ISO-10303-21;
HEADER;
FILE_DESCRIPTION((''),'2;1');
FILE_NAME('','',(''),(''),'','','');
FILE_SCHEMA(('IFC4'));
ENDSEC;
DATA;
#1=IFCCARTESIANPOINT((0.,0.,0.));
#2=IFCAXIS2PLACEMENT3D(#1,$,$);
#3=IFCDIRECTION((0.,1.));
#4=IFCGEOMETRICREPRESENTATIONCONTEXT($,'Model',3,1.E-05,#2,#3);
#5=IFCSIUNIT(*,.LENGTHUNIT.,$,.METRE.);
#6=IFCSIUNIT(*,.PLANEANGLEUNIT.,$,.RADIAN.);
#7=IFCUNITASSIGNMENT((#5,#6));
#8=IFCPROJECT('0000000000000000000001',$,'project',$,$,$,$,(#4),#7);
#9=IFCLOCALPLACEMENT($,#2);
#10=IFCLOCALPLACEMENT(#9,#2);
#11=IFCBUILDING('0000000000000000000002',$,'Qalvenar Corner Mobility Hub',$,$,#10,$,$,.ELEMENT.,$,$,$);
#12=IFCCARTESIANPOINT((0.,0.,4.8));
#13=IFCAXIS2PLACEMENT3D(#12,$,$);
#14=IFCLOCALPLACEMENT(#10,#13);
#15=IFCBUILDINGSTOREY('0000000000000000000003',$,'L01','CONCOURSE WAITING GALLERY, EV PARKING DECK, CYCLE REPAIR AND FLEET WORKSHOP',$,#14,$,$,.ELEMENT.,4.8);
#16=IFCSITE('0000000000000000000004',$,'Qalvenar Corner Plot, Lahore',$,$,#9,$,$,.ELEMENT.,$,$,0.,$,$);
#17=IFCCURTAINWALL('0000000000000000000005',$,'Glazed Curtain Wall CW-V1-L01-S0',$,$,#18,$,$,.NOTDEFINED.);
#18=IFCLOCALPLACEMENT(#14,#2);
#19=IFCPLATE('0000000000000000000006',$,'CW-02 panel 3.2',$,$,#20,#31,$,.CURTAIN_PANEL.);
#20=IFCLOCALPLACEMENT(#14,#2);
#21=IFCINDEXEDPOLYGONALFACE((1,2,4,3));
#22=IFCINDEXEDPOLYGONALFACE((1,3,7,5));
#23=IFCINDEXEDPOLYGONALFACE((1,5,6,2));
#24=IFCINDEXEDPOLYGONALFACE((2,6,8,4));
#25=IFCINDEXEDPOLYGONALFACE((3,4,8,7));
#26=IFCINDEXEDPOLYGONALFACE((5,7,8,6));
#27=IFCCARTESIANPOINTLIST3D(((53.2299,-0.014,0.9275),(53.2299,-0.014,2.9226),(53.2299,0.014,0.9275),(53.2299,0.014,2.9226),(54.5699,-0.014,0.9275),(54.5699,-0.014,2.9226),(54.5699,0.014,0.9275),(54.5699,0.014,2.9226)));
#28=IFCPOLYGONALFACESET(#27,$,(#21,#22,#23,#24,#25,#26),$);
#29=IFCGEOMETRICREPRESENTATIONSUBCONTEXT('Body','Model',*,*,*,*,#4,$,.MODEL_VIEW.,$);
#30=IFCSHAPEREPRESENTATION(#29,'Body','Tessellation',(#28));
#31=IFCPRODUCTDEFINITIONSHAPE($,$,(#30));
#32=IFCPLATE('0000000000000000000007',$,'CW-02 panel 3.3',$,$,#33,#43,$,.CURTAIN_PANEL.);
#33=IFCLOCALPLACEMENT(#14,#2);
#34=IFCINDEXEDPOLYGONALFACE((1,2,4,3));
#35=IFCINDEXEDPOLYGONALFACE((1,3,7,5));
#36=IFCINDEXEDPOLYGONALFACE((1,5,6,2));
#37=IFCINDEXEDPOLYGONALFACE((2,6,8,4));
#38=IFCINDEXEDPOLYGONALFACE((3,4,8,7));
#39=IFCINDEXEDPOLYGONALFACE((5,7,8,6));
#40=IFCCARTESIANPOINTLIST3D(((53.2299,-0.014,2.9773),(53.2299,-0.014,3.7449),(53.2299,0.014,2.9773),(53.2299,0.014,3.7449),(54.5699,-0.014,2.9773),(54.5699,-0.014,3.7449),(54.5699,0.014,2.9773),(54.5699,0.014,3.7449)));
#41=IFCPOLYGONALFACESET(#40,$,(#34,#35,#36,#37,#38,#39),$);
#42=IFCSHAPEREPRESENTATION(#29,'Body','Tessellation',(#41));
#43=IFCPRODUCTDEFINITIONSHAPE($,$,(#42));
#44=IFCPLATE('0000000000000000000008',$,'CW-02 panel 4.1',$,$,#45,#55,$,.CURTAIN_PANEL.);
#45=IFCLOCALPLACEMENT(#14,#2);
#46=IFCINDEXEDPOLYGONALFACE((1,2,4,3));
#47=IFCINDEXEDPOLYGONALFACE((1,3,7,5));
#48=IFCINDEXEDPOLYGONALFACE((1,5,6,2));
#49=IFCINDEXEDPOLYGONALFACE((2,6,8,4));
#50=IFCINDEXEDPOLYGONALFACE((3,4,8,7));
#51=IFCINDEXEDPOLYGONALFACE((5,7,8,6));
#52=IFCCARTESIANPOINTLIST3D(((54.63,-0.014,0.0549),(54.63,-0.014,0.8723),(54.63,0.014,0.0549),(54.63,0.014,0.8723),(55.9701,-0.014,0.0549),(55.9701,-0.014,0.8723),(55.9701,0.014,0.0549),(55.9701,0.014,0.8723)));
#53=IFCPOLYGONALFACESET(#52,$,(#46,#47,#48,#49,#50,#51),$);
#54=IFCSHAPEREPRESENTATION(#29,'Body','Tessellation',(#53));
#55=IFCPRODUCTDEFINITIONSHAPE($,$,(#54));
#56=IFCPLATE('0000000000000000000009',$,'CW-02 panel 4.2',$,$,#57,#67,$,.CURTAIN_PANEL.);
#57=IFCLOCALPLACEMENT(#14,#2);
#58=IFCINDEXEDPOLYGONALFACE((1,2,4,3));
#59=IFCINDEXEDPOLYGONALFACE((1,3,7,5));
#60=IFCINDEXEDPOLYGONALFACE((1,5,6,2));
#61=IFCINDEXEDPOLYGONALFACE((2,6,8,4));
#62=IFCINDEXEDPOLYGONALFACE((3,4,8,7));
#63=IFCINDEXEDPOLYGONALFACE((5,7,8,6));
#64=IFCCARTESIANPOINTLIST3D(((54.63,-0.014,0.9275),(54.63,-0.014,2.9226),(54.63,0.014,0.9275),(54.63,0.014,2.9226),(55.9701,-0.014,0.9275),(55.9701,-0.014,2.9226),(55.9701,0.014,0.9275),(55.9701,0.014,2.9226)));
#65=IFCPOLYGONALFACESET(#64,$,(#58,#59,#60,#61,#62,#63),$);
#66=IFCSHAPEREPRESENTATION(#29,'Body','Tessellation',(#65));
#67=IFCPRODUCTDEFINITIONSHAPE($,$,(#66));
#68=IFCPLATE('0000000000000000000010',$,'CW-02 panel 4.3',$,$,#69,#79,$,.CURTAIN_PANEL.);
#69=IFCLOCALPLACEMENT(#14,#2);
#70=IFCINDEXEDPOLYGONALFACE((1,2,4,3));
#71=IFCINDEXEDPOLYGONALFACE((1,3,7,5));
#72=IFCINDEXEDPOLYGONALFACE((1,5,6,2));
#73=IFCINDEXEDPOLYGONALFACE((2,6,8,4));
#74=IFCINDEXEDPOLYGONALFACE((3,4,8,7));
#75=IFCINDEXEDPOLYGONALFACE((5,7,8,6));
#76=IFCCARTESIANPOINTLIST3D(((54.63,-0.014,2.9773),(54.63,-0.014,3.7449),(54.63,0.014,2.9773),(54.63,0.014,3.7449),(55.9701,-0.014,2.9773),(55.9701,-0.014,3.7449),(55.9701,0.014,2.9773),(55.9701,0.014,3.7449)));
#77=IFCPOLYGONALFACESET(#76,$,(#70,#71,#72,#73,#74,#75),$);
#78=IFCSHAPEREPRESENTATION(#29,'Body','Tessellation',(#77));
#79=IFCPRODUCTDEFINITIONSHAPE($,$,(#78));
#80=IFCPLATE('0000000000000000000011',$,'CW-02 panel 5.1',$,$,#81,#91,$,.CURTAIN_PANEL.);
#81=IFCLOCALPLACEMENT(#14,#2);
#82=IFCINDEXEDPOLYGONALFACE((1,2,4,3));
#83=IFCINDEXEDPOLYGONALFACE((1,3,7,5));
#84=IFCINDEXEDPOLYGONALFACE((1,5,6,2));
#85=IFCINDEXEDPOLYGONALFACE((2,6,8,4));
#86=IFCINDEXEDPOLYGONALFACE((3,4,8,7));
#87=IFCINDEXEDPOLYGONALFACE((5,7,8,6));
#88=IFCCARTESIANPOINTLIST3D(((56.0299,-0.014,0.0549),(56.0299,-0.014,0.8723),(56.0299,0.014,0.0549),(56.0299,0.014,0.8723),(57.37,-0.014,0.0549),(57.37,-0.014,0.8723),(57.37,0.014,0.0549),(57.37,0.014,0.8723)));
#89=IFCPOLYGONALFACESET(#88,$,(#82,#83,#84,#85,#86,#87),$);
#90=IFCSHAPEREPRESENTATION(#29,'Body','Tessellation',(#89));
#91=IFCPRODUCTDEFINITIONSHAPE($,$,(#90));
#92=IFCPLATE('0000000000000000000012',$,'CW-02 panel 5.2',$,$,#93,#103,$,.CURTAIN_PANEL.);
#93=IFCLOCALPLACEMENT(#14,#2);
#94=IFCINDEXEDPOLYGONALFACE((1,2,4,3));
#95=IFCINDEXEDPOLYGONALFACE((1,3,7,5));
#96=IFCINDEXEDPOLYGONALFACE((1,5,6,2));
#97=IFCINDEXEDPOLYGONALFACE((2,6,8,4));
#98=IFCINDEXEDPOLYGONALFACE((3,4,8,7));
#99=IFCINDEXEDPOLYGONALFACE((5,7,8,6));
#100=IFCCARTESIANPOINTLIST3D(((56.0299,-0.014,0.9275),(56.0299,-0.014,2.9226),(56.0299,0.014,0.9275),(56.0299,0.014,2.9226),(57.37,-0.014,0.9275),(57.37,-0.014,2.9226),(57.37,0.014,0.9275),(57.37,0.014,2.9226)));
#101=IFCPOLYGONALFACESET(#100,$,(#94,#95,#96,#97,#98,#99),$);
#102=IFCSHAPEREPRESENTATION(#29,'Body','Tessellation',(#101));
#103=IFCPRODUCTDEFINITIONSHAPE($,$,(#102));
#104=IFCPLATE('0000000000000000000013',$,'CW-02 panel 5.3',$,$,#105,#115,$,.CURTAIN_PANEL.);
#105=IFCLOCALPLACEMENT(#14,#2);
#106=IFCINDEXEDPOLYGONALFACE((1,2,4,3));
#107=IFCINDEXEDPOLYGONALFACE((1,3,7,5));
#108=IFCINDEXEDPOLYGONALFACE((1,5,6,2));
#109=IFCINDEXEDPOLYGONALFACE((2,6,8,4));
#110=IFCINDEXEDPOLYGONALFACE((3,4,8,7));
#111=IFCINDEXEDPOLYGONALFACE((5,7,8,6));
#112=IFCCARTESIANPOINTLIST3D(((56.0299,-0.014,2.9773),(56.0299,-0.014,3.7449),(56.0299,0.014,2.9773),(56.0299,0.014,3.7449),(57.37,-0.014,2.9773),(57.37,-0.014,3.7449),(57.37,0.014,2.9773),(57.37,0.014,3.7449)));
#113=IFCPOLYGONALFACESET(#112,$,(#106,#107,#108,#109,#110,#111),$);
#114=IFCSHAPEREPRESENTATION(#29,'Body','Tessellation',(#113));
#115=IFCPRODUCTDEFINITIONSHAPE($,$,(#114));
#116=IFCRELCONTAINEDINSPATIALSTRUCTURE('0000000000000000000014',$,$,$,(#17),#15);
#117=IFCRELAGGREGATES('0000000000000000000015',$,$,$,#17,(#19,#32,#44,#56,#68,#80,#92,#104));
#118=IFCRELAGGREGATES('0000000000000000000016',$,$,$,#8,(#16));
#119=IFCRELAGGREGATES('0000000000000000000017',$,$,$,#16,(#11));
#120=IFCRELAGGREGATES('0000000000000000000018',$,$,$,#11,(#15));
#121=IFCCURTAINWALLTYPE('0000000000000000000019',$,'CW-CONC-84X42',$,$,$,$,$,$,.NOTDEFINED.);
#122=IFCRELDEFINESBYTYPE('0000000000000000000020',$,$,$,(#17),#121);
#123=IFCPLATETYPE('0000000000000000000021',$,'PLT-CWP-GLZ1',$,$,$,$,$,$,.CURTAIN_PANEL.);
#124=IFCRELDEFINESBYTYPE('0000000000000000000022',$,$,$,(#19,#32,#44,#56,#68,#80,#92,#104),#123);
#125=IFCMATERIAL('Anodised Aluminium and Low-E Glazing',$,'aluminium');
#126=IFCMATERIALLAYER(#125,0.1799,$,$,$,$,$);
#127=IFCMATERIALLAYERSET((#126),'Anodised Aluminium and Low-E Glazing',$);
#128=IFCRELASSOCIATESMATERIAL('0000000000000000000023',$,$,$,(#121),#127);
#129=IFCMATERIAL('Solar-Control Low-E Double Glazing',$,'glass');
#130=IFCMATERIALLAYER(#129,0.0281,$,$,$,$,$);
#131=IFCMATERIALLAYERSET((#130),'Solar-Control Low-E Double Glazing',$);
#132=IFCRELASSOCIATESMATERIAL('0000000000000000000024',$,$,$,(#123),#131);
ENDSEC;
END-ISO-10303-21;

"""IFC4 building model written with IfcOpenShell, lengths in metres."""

from ifc_helpers import new_model, si_unit, direction, frame, origin, origin_2d, place, context, subcontext, project, spatial, rectangle, extrude, material, layer, layer_set, type_object, element, aggregate, save


model = new_model("IFC4")

# Units and contexts
model_context = context("Model", 3, precision=1e-05, world=origin(), true_north=direction((0.0, 1.0)))
body_context = subcontext(model_context, "Body", "Model", "MODEL_VIEW")
ifc_project = project(units=[si_unit("LENGTHUNIT", "METRE"), si_unit("PLANEANGLEUNIT", "RADIAN")], contexts=[model_context])

# Site, building, storey
site_placement = place(None, origin())
site = spatial("IfcSite", under=ifc_project, at=site_placement, Name="Qalvenar Corner Plot, Lahore", CompositionType="ELEMENT", RefElevation=0.0)
building_placement = place(site_placement, origin())
building = spatial("IfcBuilding", under=site, at=building_placement, Name="Qalvenar Corner Mobility Hub", CompositionType="ELEMENT")
storey_placement = place(building_placement, frame((0.0, 0.0, 4.8)))
storey = spatial("IfcBuildingStorey", under=building, at=storey_placement, Name="L01", Description="CONCOURSE WAITING GALLERY, EV PARKING DECK, CYCLE REPAIR AND FLEET WORKSHOP", CompositionType="ELEMENT", Elevation=4.8)

# Curtain wall, plates
ifc_material_1 = material(Name="Anodised Aluminium and Low-E Glazing", Category="aluminium")
ifc_layer_1 = layer(ifc_material_1, 0.1799)
ifc_layer_set_1 = layer_set([ifc_layer_1], Name="Anodised Aluminium and Low-E Glazing")
curtain_wall_type = type_object("IfcCurtainWallType", Name="CW-CONC-84X42", PredefinedType="NOTDEFINED", material=ifc_layer_set_1)
curtain_wall_placement = place(storey_placement, origin())
curtain_wall = element("IfcCurtainWall", 1, at=curtain_wall_placement, inside=storey, type_object=curtain_wall_type, Name="Glazed Curtain Wall CW-V1-L01-S0", PredefinedType="NOTDEFINED")
ifc_material_2 = material(Name="Solar-Control Low-E Double Glazing", Category="glass")
ifc_layer_2 = layer(ifc_material_2, 0.0281)
ifc_layer_set_2 = layer_set([ifc_layer_2], Name="Solar-Control Low-E Double Glazing")
plate_type = type_object("IfcPlateType", Name="PLT-CWP-GLZ1", PredefinedType="CURTAIN_PANEL", material=ifc_layer_set_2)
plate_1_placement = place(storey_placement, frame((53.8999, 0.0, 0.9275), z_axis=(0.0, 0.0, 1.0), x_axis=(1.0, 0.0, 0.0)))
plate_1 = element("IfcPlate", 2, at=plate_1_placement, type_object=plate_type, Name="CW-02 panel 3.2", PredefinedType="CURTAIN_PANEL", context=body_context, shape_type="SweptSolid", body=[
    extrude(rectangle(XDim=1.3401, YDim=0.0281, at=origin_2d()), origin(), (0.0, 0.0, 1.0), 1.9951),
])
plate_2_placement = place(storey_placement, frame((53.8999, 0.0, 2.9773), z_axis=(0.0, 0.0, 1.0), x_axis=(1.0, 0.0, 0.0)))
plate_2 = element("IfcPlate", 3, at=plate_2_placement, type_object=plate_type, Name="CW-02 panel 3.3", PredefinedType="CURTAIN_PANEL", context=body_context, shape_type="SweptSolid", body=[
    extrude(rectangle(XDim=1.3401, YDim=0.0281, at=origin_2d()), origin(), (0.0, 0.0, 1.0), 0.7676),
])
plate_3_placement = place(storey_placement, frame((55.3, 0.0, 0.0549), z_axis=(0.0, 0.0, 1.0), x_axis=(1.0, 0.0, 0.0)))
plate_3 = element("IfcPlate", 4, at=plate_3_placement, type_object=plate_type, Name="CW-02 panel 4.1", PredefinedType="CURTAIN_PANEL", context=body_context, shape_type="SweptSolid", body=[
    extrude(rectangle(XDim=1.3401, YDim=0.0281, at=origin_2d()), origin(), (0.0, 0.0, 1.0), 0.8174),
])
plate_4_placement = place(storey_placement, frame((55.3, 0.0, 0.9275), z_axis=(0.0, 0.0, 1.0), x_axis=(1.0, 0.0, 0.0)))
plate_4 = element("IfcPlate", 5, at=plate_4_placement, type_object=plate_type, Name="CW-02 panel 4.2", PredefinedType="CURTAIN_PANEL", context=body_context, shape_type="SweptSolid", body=[
    extrude(rectangle(XDim=1.3401, YDim=0.0281, at=origin_2d()), origin(), (0.0, 0.0, 1.0), 1.9951),
])
plate_5_placement = place(storey_placement, frame((55.3, 0.0, 2.9773), z_axis=(0.0, 0.0, 1.0), x_axis=(1.0, 0.0, 0.0)))
plate_5 = element("IfcPlate", 6, at=plate_5_placement, type_object=plate_type, Name="CW-02 panel 4.3", PredefinedType="CURTAIN_PANEL", context=body_context, shape_type="SweptSolid", body=[
    extrude(rectangle(XDim=1.3401, YDim=0.0281, at=origin_2d()), origin(), (0.0, 0.0, 1.0), 0.7676),
])
plate_6_placement = place(storey_placement, frame((56.7, 0.0, 0.0549), z_axis=(0.0, 0.0, 1.0), x_axis=(1.0, 0.0, 0.0)))
plate_6 = element("IfcPlate", 7, at=plate_6_placement, type_object=plate_type, Name="CW-02 panel 5.1", PredefinedType="CURTAIN_PANEL", context=body_context, shape_type="SweptSolid", body=[
    extrude(rectangle(XDim=1.3401, YDim=0.0281, at=origin_2d()), origin(), (0.0, 0.0, 1.0), 0.8174),
])
plate_7_placement = place(storey_placement, frame((56.7, 0.0, 0.9275), z_axis=(0.0, 0.0, 1.0), x_axis=(1.0, 0.0, 0.0)))
plate_7 = element("IfcPlate", 8, at=plate_7_placement, type_object=plate_type, Name="CW-02 panel 5.2", PredefinedType="CURTAIN_PANEL", context=body_context, shape_type="SweptSolid", body=[
    extrude(rectangle(XDim=1.3401, YDim=0.0281, at=origin_2d()), origin(), (0.0, 0.0, 1.0), 1.9951),
])
plate_8_placement = place(storey_placement, frame((56.7, 0.0, 2.9773), z_axis=(0.0, 0.0, 1.0), x_axis=(1.0, 0.0, 0.0)))
plate_8 = element("IfcPlate", 9, at=plate_8_placement, type_object=plate_type, Name="CW-02 panel 5.3", PredefinedType="CURTAIN_PANEL", context=body_context, shape_type="SweptSolid", body=[
    extrude(rectangle(XDim=1.3401, YDim=0.0281, at=origin_2d()), origin(), (0.0, 0.0, 1.0), 0.7676),
])
aggregate(curtain_wall, [plate_1, plate_2, plate_3, plate_4, plate_5, plate_6, plate_7, plate_8])

save(model, "model.ifc")
